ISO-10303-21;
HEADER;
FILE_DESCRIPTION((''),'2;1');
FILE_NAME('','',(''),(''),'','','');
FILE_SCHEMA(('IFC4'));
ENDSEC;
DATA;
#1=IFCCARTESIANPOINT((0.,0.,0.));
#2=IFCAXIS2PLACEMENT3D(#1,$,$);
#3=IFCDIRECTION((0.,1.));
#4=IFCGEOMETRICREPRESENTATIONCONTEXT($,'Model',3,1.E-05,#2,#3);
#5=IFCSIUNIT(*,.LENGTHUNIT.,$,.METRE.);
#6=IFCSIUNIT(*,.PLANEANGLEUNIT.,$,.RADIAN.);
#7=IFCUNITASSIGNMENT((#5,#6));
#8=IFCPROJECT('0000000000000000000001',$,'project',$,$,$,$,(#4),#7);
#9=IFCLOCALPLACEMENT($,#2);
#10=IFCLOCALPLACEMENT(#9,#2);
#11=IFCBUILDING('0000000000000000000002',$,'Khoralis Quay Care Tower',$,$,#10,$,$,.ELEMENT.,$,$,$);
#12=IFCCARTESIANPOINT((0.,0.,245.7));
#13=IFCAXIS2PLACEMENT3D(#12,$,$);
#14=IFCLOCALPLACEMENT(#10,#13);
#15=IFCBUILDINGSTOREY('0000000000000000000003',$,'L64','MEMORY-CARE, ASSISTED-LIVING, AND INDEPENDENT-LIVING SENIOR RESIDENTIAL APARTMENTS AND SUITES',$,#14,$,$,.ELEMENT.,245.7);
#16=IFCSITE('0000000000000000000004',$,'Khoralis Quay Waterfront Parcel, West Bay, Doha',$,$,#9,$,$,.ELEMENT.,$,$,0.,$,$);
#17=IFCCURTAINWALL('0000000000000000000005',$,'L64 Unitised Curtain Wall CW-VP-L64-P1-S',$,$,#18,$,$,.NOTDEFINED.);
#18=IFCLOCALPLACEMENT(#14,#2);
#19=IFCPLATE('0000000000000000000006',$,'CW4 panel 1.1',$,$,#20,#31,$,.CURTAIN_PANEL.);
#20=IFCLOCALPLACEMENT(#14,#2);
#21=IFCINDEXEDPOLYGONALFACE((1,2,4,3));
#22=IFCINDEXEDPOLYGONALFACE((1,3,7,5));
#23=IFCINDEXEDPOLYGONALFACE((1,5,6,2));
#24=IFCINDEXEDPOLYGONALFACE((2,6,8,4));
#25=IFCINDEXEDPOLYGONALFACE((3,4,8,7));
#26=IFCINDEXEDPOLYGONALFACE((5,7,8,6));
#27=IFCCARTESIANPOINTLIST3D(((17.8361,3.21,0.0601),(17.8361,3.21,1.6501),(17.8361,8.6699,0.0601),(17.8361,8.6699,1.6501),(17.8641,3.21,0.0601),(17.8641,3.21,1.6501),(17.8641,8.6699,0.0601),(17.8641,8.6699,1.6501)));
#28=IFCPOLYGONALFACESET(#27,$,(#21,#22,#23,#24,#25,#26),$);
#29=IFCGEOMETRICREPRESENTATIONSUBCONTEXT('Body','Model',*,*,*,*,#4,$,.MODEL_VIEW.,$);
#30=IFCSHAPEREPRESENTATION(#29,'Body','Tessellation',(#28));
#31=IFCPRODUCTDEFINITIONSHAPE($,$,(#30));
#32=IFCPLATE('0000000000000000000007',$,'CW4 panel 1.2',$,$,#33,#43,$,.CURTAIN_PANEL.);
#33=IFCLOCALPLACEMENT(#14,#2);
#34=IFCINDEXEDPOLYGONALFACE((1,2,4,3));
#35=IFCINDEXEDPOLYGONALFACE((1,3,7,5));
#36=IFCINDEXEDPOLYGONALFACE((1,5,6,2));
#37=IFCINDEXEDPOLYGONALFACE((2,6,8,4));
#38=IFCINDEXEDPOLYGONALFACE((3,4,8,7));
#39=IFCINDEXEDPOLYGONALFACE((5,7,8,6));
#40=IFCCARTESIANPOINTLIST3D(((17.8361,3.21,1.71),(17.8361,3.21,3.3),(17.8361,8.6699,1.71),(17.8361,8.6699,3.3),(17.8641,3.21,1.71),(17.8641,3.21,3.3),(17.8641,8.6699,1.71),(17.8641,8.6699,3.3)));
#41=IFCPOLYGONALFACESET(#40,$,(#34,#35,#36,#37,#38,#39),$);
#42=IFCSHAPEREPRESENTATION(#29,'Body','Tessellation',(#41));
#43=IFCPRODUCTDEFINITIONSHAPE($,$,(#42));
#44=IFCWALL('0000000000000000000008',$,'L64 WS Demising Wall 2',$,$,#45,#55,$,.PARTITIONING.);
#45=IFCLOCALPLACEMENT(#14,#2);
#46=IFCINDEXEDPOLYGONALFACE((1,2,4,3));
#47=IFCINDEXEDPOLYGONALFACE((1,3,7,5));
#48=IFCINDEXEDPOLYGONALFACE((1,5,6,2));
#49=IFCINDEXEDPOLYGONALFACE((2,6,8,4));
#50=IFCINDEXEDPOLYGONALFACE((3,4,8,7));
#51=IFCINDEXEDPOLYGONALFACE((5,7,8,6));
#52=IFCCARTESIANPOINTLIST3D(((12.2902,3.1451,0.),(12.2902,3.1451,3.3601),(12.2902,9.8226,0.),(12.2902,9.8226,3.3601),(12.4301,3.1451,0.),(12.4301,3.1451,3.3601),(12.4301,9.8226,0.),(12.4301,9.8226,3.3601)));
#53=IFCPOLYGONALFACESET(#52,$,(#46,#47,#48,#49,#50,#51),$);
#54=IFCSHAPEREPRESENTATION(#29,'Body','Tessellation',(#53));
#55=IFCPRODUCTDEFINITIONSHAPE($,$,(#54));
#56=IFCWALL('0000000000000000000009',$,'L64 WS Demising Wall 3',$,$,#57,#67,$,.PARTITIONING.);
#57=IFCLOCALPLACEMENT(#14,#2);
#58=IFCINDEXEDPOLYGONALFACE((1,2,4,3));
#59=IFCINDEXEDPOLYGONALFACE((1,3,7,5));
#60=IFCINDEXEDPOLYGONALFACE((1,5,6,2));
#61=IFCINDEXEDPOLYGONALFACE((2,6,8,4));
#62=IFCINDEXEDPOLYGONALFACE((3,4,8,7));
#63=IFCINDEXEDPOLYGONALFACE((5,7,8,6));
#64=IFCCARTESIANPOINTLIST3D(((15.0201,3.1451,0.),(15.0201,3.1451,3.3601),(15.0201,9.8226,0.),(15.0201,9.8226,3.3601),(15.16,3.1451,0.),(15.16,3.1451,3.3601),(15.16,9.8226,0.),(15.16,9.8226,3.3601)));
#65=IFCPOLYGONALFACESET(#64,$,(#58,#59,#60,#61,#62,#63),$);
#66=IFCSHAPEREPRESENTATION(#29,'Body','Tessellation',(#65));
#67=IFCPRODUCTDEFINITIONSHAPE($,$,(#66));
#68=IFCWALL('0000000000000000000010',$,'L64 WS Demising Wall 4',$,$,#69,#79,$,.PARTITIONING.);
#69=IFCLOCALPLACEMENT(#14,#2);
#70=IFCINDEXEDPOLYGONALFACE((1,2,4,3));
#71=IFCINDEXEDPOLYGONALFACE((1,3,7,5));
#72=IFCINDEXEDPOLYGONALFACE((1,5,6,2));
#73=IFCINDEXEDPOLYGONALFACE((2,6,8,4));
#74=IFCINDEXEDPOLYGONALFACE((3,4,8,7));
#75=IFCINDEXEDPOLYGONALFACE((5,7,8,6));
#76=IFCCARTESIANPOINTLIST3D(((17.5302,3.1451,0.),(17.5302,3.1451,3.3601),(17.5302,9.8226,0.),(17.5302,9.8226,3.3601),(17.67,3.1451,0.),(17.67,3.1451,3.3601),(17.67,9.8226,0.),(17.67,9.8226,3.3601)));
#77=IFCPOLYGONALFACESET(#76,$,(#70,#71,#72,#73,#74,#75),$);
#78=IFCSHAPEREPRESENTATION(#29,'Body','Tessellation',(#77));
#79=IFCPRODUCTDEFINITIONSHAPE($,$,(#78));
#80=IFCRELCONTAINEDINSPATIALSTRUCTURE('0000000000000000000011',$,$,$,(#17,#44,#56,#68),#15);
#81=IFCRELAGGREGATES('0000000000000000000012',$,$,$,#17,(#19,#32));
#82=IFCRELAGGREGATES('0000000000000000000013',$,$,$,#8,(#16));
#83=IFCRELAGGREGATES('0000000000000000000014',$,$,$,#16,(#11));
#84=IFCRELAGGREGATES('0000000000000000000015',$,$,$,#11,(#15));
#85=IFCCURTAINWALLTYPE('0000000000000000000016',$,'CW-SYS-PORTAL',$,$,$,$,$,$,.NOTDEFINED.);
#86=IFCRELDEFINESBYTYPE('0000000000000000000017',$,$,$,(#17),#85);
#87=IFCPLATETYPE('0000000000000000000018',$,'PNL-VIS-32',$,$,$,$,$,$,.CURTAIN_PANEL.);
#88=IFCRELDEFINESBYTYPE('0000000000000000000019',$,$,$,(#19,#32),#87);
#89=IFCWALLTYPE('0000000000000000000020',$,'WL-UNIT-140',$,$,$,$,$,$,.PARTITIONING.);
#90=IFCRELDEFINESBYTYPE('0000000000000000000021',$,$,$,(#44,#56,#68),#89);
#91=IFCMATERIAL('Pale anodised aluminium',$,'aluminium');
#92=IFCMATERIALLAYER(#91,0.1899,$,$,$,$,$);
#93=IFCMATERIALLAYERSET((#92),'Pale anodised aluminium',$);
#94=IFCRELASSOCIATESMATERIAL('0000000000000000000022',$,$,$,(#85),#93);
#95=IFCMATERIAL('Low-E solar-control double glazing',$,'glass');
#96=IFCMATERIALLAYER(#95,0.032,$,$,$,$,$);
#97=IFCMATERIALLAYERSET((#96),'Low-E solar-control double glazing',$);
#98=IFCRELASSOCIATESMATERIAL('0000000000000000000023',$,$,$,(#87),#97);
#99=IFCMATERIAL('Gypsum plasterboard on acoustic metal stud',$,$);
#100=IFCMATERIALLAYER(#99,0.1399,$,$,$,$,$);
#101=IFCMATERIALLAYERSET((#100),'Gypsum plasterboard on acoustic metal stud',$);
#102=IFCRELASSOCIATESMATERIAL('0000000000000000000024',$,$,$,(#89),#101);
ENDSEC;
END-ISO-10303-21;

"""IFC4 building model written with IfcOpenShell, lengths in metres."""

from ifc_helpers import new_model, si_unit, direction, frame, frame_2d, origin, origin_2d, place, context, subcontext, project, spatial, rectangle, extrude, source, transform, mapped, material, layer, layer_set, type_object, element, aggregate, save


model = new_model("IFC4")

# Units and contexts
model_context = context("Model", 3, precision=1e-05, world=origin(), true_north=direction((0.0, 1.0)))
body_context = subcontext(model_context, "Body", "Model", "MODEL_VIEW")
ifc_project = project(units=[si_unit("LENGTHUNIT", "METRE"), si_unit("PLANEANGLEUNIT", "RADIAN")], contexts=[model_context])

# Site, building, storey
site_placement = place(None, origin())
site = spatial("IfcSite", under=ifc_project, at=site_placement, Name="Khoralis Quay Waterfront Parcel, West Bay, Doha", CompositionType="ELEMENT", RefElevation=0.0)
building_placement = place(site_placement, origin())
building = spatial("IfcBuilding", under=site, at=building_placement, Name="Khoralis Quay Care Tower", CompositionType="ELEMENT")
storey_placement = place(building_placement, frame((0.0, 0.0, 245.7)))
storey = spatial("IfcBuildingStorey", under=building, at=storey_placement, Name="L64", Description="MEMORY-CARE, ASSISTED-LIVING, AND INDEPENDENT-LIVING SENIOR RESIDENTIAL APARTMENTS AND SUITES", CompositionType="ELEMENT", Elevation=245.7)

# Curtain wall, plates
ifc_material_1 = material(Name="Pale anodised aluminium", Category="aluminium")
ifc_layer_1 = layer(ifc_material_1, 0.1899)
ifc_layer_set_1 = layer_set([ifc_layer_1], Name="Pale anodised aluminium")
curtain_wall_type = type_object("IfcCurtainWallType", Name="CW-SYS-PORTAL", PredefinedType="NOTDEFINED", material=ifc_layer_set_1)
curtain_wall_placement = place(storey_placement, origin())
curtain_wall = element("IfcCurtainWall", 1, at=curtain_wall_placement, inside=storey, type_object=curtain_wall_type, Name="L64 Unitised Curtain Wall CW-VP-L64-P1-S", PredefinedType="NOTDEFINED")
ifc_material_2 = material(Name="Low-E solar-control double glazing", Category="glass")
ifc_layer_2 = layer(ifc_material_2, 0.032)
ifc_layer_set_2 = layer_set([ifc_layer_2], Name="Low-E solar-control double glazing")
plate_type = type_object("IfcPlateType", Name="PNL-VIS-32", PredefinedType="CURTAIN_PANEL", material=ifc_layer_set_2)
shared_shape_1 = source(origin(), body_context, "Body", "SweptSolid", [
    extrude(rectangle(XDim=5.46, YDim=0.0281, at=origin_2d()), origin(), (0.0, 0.0, 1.0), 1.5901),
])
plate_1_placement = place(storey_placement, frame((17.8501, 5.9399, 0.0601), z_axis=(0.0, 0.0, 1.0), x_axis=(0.0, 1.0, 0.0)))
plate_1 = element("IfcPlate", 2, at=plate_1_placement, type_object=plate_type, Name="CW4 panel 1.1", PredefinedType="CURTAIN_PANEL", context=body_context, shape_type="MappedRepresentation", body=[
    mapped(shared_shape_1, transform((0.0, 0.0, 0.0), scale=1.0)),
])
plate_2_placement = place(storey_placement, frame((17.8501, 5.9399, 1.71), z_axis=(0.0, 0.0, 1.0), x_axis=(0.0, 1.0, 0.0)))
plate_2 = element("IfcPlate", 3, at=plate_2_placement, type_object=plate_type, Name="CW4 panel 1.2", PredefinedType="CURTAIN_PANEL", context=body_context, shape_type="MappedRepresentation", body=[
    mapped(shared_shape_1, transform((0.0, 0.0, 0.0), scale=1.0)),
])
aggregate(curtain_wall, [plate_1, plate_2])

# Walls
ifc_material_3 = material(Name="Gypsum plasterboard on acoustic metal stud")
ifc_layer_3 = layer(ifc_material_3, 0.1399)
ifc_layer_set_3 = layer_set([ifc_layer_3], Name="Gypsum plasterboard on acoustic metal stud")
wall_type = type_object("IfcWallType", Name="WL-UNIT-140", PredefinedType="PARTITIONING", material=ifc_layer_set_3)
for number, where, z_axis, x_axis, name in (
    (4, (12.3601, 3.145, 0.0), (0.0, 0.0, 1.0), (0.0, 1.0, 0.0), "L64 WS Demising Wall 2"),
    (5, (15.0901, 3.145, 0.0), (0.0, 0.0, 1.0), (0.0, 1.0, 0.0), "L64 WS Demising Wall 3"),
    (6, (17.6001, 3.145, 0.0), (0.0, 0.0, 1.0), (0.0, 1.0, 0.0), "L64 WS Demising Wall 4"),
):
    element("IfcWall", number, at=place(storey_placement, frame(where, z_axis=z_axis, x_axis=x_axis)), inside=storey, type_object=wall_type, Name=name, PredefinedType="PARTITIONING", context=body_context, shape_type="SweptSolid", body=[
        extrude(rectangle(XDim=6.6775, YDim=0.1399, at=frame_2d((3.3389, 0.0))), origin(), (0.0, 0.0, 1.0), 3.3601),
    ])

save(model, "model.ifc")
